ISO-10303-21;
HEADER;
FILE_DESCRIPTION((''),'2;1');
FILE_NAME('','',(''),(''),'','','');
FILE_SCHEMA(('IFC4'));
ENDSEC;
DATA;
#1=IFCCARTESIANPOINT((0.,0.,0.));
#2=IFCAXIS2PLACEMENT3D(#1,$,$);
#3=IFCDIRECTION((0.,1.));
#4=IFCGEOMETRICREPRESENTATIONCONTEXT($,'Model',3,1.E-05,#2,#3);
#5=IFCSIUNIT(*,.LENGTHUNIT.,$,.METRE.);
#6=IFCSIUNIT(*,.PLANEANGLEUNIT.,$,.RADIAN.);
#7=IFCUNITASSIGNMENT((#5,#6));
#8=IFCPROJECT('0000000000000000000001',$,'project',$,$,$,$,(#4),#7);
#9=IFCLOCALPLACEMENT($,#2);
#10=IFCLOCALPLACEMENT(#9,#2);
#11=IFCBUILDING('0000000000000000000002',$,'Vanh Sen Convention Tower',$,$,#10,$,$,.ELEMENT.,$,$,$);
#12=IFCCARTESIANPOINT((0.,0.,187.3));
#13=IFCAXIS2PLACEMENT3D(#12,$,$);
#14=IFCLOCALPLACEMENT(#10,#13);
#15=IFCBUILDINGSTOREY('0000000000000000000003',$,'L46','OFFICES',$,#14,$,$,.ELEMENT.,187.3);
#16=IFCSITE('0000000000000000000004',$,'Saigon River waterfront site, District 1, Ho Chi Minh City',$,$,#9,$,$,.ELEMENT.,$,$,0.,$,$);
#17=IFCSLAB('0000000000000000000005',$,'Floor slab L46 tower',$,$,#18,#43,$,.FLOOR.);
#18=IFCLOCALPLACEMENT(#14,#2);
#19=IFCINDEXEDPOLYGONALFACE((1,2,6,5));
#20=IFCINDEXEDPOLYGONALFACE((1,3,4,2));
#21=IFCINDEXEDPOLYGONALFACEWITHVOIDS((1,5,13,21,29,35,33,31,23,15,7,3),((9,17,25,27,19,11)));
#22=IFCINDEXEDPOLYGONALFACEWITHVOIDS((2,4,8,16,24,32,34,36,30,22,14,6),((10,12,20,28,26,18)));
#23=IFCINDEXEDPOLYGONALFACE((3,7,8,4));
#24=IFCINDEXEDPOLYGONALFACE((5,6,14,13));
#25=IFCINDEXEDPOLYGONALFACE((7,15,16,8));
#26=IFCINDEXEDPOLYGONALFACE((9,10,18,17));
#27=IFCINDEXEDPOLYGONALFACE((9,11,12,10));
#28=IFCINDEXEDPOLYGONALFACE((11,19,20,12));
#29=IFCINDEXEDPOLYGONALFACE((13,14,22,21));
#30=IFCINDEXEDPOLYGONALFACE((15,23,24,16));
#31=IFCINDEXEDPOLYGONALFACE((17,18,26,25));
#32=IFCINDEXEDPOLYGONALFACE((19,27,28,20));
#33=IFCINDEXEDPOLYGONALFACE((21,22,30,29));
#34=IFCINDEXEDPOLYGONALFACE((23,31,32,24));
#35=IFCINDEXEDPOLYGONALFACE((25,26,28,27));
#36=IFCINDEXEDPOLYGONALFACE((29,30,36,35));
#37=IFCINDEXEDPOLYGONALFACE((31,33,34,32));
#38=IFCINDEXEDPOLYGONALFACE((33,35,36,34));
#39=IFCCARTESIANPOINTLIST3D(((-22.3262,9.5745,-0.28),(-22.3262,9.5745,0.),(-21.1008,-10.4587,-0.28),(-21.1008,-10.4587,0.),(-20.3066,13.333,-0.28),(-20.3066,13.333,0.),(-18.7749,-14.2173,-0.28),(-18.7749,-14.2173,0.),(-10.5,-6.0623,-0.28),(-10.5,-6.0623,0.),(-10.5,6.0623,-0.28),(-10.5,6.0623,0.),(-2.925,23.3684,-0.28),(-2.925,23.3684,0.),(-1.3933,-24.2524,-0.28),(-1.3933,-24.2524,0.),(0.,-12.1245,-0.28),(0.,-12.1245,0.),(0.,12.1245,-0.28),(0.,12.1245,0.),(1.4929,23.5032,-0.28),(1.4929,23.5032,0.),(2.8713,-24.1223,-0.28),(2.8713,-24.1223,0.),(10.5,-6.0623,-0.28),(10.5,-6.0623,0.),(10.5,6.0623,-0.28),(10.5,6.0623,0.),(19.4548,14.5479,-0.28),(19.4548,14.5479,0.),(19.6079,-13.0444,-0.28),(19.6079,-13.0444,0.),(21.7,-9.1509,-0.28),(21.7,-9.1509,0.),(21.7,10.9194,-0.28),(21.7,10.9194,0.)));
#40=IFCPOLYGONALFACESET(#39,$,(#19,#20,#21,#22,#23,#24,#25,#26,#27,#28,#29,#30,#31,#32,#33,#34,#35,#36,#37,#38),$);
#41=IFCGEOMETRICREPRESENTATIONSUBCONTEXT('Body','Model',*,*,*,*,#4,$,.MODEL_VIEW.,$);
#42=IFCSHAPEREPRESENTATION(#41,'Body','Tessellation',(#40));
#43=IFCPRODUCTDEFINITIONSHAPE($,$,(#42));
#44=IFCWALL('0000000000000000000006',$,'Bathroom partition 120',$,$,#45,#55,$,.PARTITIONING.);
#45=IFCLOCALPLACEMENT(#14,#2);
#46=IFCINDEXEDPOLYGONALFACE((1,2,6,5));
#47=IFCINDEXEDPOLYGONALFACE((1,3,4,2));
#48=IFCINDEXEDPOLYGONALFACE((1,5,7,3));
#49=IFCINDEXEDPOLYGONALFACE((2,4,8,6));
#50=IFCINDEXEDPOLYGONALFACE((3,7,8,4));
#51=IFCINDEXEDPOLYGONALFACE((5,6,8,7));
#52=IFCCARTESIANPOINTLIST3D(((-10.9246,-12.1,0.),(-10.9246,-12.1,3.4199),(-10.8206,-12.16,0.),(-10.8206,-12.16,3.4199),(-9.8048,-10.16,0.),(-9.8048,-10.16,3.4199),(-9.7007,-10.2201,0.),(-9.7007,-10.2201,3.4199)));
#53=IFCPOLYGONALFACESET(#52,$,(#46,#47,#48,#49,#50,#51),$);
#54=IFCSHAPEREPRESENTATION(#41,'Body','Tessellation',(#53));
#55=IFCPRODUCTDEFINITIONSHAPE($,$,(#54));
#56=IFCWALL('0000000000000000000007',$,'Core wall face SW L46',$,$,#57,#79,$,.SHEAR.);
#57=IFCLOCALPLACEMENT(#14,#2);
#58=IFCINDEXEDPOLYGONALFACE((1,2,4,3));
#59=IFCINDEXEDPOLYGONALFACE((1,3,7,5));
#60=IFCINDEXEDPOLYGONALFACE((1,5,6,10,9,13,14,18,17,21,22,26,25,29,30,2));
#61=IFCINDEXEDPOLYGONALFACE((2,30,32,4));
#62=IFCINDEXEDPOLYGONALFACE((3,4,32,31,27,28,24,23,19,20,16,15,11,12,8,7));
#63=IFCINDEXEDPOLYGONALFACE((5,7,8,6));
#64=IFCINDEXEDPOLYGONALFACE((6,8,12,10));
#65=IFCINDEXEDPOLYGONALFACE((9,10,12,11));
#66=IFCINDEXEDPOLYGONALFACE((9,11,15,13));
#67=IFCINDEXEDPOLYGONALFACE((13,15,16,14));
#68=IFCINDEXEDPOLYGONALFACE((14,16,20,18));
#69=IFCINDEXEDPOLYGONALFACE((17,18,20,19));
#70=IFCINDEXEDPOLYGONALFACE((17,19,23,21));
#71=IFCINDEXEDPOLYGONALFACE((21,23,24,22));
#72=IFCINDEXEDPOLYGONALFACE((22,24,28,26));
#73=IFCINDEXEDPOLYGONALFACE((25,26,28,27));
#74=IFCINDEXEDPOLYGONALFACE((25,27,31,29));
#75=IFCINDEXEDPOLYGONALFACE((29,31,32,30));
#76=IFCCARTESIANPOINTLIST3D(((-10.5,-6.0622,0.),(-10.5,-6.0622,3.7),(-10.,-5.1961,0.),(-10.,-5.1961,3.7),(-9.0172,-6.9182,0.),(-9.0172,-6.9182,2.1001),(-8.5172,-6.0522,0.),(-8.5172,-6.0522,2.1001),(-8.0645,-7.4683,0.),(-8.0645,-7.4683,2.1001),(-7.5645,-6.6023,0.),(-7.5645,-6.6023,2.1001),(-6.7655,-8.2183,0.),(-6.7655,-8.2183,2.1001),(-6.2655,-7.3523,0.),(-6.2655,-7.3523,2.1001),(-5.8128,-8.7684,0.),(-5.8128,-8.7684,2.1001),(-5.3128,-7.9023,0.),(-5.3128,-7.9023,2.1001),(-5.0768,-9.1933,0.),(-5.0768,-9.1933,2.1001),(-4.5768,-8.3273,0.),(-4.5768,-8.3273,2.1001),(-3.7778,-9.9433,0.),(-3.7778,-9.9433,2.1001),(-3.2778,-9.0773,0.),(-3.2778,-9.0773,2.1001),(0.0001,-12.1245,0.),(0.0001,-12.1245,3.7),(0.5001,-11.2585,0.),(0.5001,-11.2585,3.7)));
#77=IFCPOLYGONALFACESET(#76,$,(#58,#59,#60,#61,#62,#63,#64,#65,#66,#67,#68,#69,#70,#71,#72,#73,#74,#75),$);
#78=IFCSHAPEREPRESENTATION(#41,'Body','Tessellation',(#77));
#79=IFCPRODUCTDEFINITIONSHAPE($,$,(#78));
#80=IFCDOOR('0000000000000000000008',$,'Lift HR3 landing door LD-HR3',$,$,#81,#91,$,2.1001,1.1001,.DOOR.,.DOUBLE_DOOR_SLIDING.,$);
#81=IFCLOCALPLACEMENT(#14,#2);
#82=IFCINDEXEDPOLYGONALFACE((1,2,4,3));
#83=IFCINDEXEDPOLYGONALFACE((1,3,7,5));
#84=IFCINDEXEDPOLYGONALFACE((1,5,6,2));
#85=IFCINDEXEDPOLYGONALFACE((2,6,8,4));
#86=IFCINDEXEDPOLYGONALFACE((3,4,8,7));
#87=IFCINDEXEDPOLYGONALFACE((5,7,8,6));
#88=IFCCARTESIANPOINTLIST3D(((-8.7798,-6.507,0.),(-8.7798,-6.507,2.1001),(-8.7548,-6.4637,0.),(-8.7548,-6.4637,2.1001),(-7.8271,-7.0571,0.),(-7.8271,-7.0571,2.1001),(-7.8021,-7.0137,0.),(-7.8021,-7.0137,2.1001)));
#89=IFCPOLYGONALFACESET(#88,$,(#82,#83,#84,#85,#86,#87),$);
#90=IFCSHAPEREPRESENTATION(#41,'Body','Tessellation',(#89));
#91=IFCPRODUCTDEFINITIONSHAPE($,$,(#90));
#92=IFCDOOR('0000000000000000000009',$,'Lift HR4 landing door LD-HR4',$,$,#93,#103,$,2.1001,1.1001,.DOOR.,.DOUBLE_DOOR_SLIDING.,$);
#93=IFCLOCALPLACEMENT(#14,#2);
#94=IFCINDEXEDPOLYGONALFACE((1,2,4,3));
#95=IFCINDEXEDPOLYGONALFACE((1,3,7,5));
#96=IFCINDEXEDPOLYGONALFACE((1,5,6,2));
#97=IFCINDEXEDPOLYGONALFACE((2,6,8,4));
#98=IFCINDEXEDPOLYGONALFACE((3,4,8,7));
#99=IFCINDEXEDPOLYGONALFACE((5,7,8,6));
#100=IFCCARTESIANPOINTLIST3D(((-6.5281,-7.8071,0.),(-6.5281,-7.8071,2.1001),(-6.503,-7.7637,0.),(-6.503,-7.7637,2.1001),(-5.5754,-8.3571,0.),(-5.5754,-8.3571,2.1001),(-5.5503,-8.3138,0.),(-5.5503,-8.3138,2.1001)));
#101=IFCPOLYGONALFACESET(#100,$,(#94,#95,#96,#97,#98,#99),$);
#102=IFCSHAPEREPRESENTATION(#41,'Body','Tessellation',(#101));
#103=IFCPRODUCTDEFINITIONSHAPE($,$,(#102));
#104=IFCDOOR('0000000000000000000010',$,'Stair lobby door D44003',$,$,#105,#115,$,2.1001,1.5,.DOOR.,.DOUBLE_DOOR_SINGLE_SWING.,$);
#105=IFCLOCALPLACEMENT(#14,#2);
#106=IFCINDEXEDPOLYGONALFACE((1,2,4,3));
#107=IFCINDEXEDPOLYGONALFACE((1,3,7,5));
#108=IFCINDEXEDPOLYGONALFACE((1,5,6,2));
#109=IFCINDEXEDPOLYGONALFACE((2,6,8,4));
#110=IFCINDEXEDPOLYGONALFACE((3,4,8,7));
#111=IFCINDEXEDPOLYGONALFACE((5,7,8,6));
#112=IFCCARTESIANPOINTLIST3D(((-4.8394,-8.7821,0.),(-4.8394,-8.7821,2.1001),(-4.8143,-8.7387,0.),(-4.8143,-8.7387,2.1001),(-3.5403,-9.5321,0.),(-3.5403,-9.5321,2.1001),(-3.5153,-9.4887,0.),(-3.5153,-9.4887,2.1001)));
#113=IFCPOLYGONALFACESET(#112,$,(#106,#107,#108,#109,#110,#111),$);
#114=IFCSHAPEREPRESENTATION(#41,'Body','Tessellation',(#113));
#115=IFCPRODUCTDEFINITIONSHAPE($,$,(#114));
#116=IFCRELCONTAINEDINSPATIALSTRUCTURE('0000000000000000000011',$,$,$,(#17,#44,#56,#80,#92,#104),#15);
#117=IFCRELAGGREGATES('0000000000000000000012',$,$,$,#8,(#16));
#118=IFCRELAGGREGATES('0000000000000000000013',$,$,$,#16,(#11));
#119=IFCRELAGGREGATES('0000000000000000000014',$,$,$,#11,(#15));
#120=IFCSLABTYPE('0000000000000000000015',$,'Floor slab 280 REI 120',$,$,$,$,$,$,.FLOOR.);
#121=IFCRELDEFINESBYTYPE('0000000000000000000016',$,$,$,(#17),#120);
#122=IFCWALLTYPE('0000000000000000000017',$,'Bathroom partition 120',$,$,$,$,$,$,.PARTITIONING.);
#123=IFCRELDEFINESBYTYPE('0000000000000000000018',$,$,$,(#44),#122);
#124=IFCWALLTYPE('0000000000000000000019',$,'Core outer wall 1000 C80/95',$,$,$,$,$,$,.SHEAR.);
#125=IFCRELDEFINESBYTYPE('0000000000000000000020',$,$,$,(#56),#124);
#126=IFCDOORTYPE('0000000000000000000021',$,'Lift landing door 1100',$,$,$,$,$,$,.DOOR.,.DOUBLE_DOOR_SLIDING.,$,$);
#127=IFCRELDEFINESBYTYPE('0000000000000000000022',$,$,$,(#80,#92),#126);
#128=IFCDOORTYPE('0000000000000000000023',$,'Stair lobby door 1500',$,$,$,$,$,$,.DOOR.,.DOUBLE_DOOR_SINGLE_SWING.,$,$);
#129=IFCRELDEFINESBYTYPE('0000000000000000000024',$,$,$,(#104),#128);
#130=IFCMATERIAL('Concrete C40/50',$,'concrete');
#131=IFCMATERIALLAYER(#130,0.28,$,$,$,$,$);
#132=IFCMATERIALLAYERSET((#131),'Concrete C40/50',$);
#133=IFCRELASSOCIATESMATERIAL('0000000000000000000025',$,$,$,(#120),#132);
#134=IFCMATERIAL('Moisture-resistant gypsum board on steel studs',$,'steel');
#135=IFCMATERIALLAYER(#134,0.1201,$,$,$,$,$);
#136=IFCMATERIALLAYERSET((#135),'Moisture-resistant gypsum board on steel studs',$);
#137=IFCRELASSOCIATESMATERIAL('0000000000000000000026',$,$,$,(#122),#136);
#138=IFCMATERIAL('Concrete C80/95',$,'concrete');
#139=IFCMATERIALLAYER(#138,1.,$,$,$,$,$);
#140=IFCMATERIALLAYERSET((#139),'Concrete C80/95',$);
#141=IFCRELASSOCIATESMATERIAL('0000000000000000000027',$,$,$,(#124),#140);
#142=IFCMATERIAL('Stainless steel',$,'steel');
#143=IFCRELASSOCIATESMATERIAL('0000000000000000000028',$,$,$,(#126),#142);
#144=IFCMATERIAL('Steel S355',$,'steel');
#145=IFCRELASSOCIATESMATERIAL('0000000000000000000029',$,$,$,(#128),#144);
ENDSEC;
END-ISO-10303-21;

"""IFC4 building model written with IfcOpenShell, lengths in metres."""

from ifc_helpers import new_model, si_unit, direction, frame, frame_2d, origin, place, context, subcontext, project, spatial, polyline, rectangle, outline, extrude, material, layer, layer_set, type_object, element, fill, save


model = new_model("IFC4")

# Units and contexts
model_context = context("Model", 3, precision=1e-05, world=origin(), true_north=direction((0.0, 1.0)))
body_context = subcontext(model_context, "Body", "Model", "MODEL_VIEW")
ifc_project = project(units=[si_unit("LENGTHUNIT", "METRE"), si_unit("PLANEANGLEUNIT", "RADIAN")], contexts=[model_context])

# Site, building, storey
site_placement = place(None, origin())
site = spatial("IfcSite", under=ifc_project, at=site_placement, Name="Saigon River waterfront site, District 1, Ho Chi Minh City", CompositionType="ELEMENT", RefElevation=0.0)
building_placement = place(site_placement, origin())
building = spatial("IfcBuilding", under=site, at=building_placement, Name="Vanh Sen Convention Tower", CompositionType="ELEMENT")
storey_placement = place(building_placement, frame((0.0, 0.0, 187.3)))
storey = spatial("IfcBuildingStorey", under=building, at=storey_placement, Name="L46", Description="OFFICES", CompositionType="ELEMENT", Elevation=187.3)

# Slab
ifc_material_1 = material(Name="Concrete C40/50", Category="concrete")
ifc_layer_1 = layer(ifc_material_1, 0.28)
ifc_layer_set_1 = layer_set([ifc_layer_1], Name="Concrete C40/50")
slab_type = type_object("IfcSlabType", Name="Floor slab 280 REI 120", PredefinedType="FLOOR", material=ifc_layer_set_1)
slab_placement = place(storey_placement, frame((0.0, 0.0, -0.28)))
element("IfcSlab", 1, at=slab_placement, inside=storey, type_object=slab_type, Name="Floor slab L46 tower", PredefinedType="FLOOR", context=body_context, shape_type="SweptSolid", body=[
    extrude(outline(polyline([(21.7, -9.1509), (21.7, 10.9194), (19.4548, 14.5479), (1.4929, 23.5032), (-2.925, 23.3684), (-20.3066, 13.333), (-22.3262, 9.5745), (-21.1008, -10.4587), (-18.7749, -14.2173), (-1.3933, -24.2524), (2.8713, -24.1223), (19.6079, -13.0444), (21.7, -9.1509)]), holes=[polyline([(0.0, 12.1245), (-10.5, 6.0623), (-10.5, -6.0623), (0.0, -12.1245), (10.5, -6.0623), (10.5, 6.0623), (0.0, 12.1245)])]), origin(), (0.0, 0.0, 1.0), 0.28),
])

# Wall
ifc_material_2 = material(Name="Moisture-resistant gypsum board on steel studs", Category="steel")
ifc_layer_2 = layer(ifc_material_2, 0.1201)
ifc_layer_set_2 = layer_set([ifc_layer_2], Name="Moisture-resistant gypsum board on steel studs")
wall_type_1 = type_object("IfcWallType", Name="Bathroom partition 120", PredefinedType="PARTITIONING", material=ifc_layer_set_2)
wall_1_placement = place(storey_placement, frame((-9.7527, -10.1899, 0.0), z_axis=(0.0, 0.0, 1.0), x_axis=(-0.499949, -0.866055, 0.0)))
element("IfcWall", 2, at=wall_1_placement, inside=storey, type_object=wall_type_1, Name="Bathroom partition 120", PredefinedType="PARTITIONING", context=body_context, shape_type="SweptSolid", body=[
    extrude(rectangle(XDim=2.24, YDim=0.1201, at=frame_2d((1.1201, 0.0))), origin(), (0.0, 0.0, 1.0), 3.4199),
])

# Wall, openings, doors
ifc_material_3 = material(Name="Concrete C80/95", Category="concrete")
ifc_layer_3 = layer(ifc_material_3, 1.0)
ifc_layer_set_3 = layer_set([ifc_layer_3], Name="Concrete C80/95")
wall_type_2 = type_object("IfcWallType", Name="Core outer wall 1000 C80/95", PredefinedType="SHEAR", material=ifc_layer_set_3)
wall_2_placement = place(storey_placement, frame((-10.25, -5.6292, 0.0), z_axis=(0.0, 0.0, 1.0), x_axis=(0.866023, -0.500005, 0.0)))
wall_2 = element("IfcWall", 3, at=wall_2_placement, inside=storey, type_object=wall_type_2, Name="Core wall face SW L46", PredefinedType="SHEAR", context=body_context, shape_type="SweptSolid", body=[
    extrude(rectangle(XDim=12.1245, YDim=1.0, at=frame_2d((6.0623, 0.0))), origin(), (0.0, 0.0, 1.0), 3.7),
])
opening_1_placement = place(wall_2_placement, frame((6.2622, 0.0, 0.0)))
opening_1 = element("IfcOpeningElement", 4, at=opening_1_placement, cuts=wall_2, PredefinedType="OPENING", context=body_context, shape_type="SweptSolid", body=[
    extrude(rectangle(XDim=1.5, YDim=2.1001, at=frame_2d((0.75, 1.05))), frame((0.0, 0.51, 0.0), z_axis=(0.0, -1.0, 0.0), x_axis=(1.0, 0.0, 0.0)), (0.0, 0.0, 1.0), 1.02),
])
opening_2_placement = place(wall_2_placement, frame((1.7122, 0.0, 0.0)))
opening_2 = element("IfcOpeningElement", 5, at=opening_2_placement, cuts=wall_2, PredefinedType="OPENING", context=body_context, shape_type="SweptSolid", body=[
    extrude(rectangle(XDim=1.1001, YDim=2.1001, at=frame_2d((0.55, 1.05))), frame((0.0, 0.51, 0.0), z_axis=(0.0, -1.0, 0.0), x_axis=(1.0, 0.0, 0.0)), (0.0, 0.0, 1.0), 1.02),
])
opening_3_placement = place(wall_2_placement, frame((4.3123, 0.0, 0.0)))
opening_3 = element("IfcOpeningElement", 6, at=opening_3_placement, cuts=wall_2, PredefinedType="OPENING", context=body_context, shape_type="SweptSolid", body=[
    extrude(rectangle(XDim=1.1001, YDim=2.1001, at=frame_2d((0.55, 1.05))), frame((0.0, 0.51, 0.0), z_axis=(0.0, -1.0, 0.0), x_axis=(1.0, 0.0, 0.0)), (0.0, 0.0, 1.0), 1.02),
])
ifc_material_4 = material(Name="Stainless steel", Category="steel")
door_type_1 = type_object("IfcDoorType", Name="Lift landing door 1100", OperationType="DOUBLE_DOOR_SLIDING", PredefinedType="DOOR", material=ifc_material_4)
door_1_placement = place(opening_2_placement, origin())
door_1 = element("IfcDoor", 7, at=door_1_placement, inside=storey, type_object=door_type_1, Name="Lift HR3 landing door LD-HR3", OperationType="DOUBLE_DOOR_SLIDING", OverallHeight=2.1001, OverallWidth=1.1001, PredefinedType="DOOR", context=body_context, shape_type="SweptSolid", body=[
    extrude(rectangle(XDim=1.1001, YDim=2.1001, at=frame_2d((0.55, 1.05))), frame((0.0, 0.0249, 0.0), z_axis=(0.0, -1.0, 0.0), x_axis=(1.0, 0.0, 0.0)), (0.0, 0.0, 1.0), 0.05),
])
fill(opening_2, door_1)
door_2_placement = place(opening_3_placement, origin())
door_2 = element("IfcDoor", 8, at=door_2_placement, inside=storey, type_object=door_type_1, Name="Lift HR4 landing door LD-HR4", OperationType="DOUBLE_DOOR_SLIDING", OverallHeight=2.1001, OverallWidth=1.1001, PredefinedType="DOOR", context=body_context, shape_type="SweptSolid", body=[
    extrude(rectangle(XDim=1.1001, YDim=2.1001, at=frame_2d((0.55, 1.05))), frame((0.0, 0.0249, 0.0), z_axis=(0.0, -1.0, 0.0), x_axis=(1.0, 0.0, 0.0)), (0.0, 0.0, 1.0), 0.05),
])
fill(opening_3, door_2)
ifc_material_5 = material(Name="Steel S355", Category="steel")
door_type_2 = type_object("IfcDoorType", Name="Stair lobby door 1500", OperationType="DOUBLE_DOOR_SINGLE_SWING", PredefinedType="DOOR", material=ifc_material_5)
door_3_placement = place(opening_1_placement, origin())
door_3 = element("IfcDoor", 9, at=door_3_placement, inside=storey, type_object=door_type_2, Name="Stair lobby door D44003", OperationType="DOUBLE_DOOR_SINGLE_SWING", OverallHeight=2.1001, OverallWidth=1.5, PredefinedType="DOOR", context=body_context, shape_type="SweptSolid", body=[
    extrude(rectangle(XDim=1.5, YDim=2.1001, at=frame_2d((0.75, 1.05))), frame((0.0, 0.0249, 0.0), z_axis=(0.0, -1.0, 0.0), x_axis=(1.0, 0.0, 0.0)), (0.0, 0.0, 1.0), 0.05),
])
fill(opening_1, door_3)

save(model, "model.ifc")
